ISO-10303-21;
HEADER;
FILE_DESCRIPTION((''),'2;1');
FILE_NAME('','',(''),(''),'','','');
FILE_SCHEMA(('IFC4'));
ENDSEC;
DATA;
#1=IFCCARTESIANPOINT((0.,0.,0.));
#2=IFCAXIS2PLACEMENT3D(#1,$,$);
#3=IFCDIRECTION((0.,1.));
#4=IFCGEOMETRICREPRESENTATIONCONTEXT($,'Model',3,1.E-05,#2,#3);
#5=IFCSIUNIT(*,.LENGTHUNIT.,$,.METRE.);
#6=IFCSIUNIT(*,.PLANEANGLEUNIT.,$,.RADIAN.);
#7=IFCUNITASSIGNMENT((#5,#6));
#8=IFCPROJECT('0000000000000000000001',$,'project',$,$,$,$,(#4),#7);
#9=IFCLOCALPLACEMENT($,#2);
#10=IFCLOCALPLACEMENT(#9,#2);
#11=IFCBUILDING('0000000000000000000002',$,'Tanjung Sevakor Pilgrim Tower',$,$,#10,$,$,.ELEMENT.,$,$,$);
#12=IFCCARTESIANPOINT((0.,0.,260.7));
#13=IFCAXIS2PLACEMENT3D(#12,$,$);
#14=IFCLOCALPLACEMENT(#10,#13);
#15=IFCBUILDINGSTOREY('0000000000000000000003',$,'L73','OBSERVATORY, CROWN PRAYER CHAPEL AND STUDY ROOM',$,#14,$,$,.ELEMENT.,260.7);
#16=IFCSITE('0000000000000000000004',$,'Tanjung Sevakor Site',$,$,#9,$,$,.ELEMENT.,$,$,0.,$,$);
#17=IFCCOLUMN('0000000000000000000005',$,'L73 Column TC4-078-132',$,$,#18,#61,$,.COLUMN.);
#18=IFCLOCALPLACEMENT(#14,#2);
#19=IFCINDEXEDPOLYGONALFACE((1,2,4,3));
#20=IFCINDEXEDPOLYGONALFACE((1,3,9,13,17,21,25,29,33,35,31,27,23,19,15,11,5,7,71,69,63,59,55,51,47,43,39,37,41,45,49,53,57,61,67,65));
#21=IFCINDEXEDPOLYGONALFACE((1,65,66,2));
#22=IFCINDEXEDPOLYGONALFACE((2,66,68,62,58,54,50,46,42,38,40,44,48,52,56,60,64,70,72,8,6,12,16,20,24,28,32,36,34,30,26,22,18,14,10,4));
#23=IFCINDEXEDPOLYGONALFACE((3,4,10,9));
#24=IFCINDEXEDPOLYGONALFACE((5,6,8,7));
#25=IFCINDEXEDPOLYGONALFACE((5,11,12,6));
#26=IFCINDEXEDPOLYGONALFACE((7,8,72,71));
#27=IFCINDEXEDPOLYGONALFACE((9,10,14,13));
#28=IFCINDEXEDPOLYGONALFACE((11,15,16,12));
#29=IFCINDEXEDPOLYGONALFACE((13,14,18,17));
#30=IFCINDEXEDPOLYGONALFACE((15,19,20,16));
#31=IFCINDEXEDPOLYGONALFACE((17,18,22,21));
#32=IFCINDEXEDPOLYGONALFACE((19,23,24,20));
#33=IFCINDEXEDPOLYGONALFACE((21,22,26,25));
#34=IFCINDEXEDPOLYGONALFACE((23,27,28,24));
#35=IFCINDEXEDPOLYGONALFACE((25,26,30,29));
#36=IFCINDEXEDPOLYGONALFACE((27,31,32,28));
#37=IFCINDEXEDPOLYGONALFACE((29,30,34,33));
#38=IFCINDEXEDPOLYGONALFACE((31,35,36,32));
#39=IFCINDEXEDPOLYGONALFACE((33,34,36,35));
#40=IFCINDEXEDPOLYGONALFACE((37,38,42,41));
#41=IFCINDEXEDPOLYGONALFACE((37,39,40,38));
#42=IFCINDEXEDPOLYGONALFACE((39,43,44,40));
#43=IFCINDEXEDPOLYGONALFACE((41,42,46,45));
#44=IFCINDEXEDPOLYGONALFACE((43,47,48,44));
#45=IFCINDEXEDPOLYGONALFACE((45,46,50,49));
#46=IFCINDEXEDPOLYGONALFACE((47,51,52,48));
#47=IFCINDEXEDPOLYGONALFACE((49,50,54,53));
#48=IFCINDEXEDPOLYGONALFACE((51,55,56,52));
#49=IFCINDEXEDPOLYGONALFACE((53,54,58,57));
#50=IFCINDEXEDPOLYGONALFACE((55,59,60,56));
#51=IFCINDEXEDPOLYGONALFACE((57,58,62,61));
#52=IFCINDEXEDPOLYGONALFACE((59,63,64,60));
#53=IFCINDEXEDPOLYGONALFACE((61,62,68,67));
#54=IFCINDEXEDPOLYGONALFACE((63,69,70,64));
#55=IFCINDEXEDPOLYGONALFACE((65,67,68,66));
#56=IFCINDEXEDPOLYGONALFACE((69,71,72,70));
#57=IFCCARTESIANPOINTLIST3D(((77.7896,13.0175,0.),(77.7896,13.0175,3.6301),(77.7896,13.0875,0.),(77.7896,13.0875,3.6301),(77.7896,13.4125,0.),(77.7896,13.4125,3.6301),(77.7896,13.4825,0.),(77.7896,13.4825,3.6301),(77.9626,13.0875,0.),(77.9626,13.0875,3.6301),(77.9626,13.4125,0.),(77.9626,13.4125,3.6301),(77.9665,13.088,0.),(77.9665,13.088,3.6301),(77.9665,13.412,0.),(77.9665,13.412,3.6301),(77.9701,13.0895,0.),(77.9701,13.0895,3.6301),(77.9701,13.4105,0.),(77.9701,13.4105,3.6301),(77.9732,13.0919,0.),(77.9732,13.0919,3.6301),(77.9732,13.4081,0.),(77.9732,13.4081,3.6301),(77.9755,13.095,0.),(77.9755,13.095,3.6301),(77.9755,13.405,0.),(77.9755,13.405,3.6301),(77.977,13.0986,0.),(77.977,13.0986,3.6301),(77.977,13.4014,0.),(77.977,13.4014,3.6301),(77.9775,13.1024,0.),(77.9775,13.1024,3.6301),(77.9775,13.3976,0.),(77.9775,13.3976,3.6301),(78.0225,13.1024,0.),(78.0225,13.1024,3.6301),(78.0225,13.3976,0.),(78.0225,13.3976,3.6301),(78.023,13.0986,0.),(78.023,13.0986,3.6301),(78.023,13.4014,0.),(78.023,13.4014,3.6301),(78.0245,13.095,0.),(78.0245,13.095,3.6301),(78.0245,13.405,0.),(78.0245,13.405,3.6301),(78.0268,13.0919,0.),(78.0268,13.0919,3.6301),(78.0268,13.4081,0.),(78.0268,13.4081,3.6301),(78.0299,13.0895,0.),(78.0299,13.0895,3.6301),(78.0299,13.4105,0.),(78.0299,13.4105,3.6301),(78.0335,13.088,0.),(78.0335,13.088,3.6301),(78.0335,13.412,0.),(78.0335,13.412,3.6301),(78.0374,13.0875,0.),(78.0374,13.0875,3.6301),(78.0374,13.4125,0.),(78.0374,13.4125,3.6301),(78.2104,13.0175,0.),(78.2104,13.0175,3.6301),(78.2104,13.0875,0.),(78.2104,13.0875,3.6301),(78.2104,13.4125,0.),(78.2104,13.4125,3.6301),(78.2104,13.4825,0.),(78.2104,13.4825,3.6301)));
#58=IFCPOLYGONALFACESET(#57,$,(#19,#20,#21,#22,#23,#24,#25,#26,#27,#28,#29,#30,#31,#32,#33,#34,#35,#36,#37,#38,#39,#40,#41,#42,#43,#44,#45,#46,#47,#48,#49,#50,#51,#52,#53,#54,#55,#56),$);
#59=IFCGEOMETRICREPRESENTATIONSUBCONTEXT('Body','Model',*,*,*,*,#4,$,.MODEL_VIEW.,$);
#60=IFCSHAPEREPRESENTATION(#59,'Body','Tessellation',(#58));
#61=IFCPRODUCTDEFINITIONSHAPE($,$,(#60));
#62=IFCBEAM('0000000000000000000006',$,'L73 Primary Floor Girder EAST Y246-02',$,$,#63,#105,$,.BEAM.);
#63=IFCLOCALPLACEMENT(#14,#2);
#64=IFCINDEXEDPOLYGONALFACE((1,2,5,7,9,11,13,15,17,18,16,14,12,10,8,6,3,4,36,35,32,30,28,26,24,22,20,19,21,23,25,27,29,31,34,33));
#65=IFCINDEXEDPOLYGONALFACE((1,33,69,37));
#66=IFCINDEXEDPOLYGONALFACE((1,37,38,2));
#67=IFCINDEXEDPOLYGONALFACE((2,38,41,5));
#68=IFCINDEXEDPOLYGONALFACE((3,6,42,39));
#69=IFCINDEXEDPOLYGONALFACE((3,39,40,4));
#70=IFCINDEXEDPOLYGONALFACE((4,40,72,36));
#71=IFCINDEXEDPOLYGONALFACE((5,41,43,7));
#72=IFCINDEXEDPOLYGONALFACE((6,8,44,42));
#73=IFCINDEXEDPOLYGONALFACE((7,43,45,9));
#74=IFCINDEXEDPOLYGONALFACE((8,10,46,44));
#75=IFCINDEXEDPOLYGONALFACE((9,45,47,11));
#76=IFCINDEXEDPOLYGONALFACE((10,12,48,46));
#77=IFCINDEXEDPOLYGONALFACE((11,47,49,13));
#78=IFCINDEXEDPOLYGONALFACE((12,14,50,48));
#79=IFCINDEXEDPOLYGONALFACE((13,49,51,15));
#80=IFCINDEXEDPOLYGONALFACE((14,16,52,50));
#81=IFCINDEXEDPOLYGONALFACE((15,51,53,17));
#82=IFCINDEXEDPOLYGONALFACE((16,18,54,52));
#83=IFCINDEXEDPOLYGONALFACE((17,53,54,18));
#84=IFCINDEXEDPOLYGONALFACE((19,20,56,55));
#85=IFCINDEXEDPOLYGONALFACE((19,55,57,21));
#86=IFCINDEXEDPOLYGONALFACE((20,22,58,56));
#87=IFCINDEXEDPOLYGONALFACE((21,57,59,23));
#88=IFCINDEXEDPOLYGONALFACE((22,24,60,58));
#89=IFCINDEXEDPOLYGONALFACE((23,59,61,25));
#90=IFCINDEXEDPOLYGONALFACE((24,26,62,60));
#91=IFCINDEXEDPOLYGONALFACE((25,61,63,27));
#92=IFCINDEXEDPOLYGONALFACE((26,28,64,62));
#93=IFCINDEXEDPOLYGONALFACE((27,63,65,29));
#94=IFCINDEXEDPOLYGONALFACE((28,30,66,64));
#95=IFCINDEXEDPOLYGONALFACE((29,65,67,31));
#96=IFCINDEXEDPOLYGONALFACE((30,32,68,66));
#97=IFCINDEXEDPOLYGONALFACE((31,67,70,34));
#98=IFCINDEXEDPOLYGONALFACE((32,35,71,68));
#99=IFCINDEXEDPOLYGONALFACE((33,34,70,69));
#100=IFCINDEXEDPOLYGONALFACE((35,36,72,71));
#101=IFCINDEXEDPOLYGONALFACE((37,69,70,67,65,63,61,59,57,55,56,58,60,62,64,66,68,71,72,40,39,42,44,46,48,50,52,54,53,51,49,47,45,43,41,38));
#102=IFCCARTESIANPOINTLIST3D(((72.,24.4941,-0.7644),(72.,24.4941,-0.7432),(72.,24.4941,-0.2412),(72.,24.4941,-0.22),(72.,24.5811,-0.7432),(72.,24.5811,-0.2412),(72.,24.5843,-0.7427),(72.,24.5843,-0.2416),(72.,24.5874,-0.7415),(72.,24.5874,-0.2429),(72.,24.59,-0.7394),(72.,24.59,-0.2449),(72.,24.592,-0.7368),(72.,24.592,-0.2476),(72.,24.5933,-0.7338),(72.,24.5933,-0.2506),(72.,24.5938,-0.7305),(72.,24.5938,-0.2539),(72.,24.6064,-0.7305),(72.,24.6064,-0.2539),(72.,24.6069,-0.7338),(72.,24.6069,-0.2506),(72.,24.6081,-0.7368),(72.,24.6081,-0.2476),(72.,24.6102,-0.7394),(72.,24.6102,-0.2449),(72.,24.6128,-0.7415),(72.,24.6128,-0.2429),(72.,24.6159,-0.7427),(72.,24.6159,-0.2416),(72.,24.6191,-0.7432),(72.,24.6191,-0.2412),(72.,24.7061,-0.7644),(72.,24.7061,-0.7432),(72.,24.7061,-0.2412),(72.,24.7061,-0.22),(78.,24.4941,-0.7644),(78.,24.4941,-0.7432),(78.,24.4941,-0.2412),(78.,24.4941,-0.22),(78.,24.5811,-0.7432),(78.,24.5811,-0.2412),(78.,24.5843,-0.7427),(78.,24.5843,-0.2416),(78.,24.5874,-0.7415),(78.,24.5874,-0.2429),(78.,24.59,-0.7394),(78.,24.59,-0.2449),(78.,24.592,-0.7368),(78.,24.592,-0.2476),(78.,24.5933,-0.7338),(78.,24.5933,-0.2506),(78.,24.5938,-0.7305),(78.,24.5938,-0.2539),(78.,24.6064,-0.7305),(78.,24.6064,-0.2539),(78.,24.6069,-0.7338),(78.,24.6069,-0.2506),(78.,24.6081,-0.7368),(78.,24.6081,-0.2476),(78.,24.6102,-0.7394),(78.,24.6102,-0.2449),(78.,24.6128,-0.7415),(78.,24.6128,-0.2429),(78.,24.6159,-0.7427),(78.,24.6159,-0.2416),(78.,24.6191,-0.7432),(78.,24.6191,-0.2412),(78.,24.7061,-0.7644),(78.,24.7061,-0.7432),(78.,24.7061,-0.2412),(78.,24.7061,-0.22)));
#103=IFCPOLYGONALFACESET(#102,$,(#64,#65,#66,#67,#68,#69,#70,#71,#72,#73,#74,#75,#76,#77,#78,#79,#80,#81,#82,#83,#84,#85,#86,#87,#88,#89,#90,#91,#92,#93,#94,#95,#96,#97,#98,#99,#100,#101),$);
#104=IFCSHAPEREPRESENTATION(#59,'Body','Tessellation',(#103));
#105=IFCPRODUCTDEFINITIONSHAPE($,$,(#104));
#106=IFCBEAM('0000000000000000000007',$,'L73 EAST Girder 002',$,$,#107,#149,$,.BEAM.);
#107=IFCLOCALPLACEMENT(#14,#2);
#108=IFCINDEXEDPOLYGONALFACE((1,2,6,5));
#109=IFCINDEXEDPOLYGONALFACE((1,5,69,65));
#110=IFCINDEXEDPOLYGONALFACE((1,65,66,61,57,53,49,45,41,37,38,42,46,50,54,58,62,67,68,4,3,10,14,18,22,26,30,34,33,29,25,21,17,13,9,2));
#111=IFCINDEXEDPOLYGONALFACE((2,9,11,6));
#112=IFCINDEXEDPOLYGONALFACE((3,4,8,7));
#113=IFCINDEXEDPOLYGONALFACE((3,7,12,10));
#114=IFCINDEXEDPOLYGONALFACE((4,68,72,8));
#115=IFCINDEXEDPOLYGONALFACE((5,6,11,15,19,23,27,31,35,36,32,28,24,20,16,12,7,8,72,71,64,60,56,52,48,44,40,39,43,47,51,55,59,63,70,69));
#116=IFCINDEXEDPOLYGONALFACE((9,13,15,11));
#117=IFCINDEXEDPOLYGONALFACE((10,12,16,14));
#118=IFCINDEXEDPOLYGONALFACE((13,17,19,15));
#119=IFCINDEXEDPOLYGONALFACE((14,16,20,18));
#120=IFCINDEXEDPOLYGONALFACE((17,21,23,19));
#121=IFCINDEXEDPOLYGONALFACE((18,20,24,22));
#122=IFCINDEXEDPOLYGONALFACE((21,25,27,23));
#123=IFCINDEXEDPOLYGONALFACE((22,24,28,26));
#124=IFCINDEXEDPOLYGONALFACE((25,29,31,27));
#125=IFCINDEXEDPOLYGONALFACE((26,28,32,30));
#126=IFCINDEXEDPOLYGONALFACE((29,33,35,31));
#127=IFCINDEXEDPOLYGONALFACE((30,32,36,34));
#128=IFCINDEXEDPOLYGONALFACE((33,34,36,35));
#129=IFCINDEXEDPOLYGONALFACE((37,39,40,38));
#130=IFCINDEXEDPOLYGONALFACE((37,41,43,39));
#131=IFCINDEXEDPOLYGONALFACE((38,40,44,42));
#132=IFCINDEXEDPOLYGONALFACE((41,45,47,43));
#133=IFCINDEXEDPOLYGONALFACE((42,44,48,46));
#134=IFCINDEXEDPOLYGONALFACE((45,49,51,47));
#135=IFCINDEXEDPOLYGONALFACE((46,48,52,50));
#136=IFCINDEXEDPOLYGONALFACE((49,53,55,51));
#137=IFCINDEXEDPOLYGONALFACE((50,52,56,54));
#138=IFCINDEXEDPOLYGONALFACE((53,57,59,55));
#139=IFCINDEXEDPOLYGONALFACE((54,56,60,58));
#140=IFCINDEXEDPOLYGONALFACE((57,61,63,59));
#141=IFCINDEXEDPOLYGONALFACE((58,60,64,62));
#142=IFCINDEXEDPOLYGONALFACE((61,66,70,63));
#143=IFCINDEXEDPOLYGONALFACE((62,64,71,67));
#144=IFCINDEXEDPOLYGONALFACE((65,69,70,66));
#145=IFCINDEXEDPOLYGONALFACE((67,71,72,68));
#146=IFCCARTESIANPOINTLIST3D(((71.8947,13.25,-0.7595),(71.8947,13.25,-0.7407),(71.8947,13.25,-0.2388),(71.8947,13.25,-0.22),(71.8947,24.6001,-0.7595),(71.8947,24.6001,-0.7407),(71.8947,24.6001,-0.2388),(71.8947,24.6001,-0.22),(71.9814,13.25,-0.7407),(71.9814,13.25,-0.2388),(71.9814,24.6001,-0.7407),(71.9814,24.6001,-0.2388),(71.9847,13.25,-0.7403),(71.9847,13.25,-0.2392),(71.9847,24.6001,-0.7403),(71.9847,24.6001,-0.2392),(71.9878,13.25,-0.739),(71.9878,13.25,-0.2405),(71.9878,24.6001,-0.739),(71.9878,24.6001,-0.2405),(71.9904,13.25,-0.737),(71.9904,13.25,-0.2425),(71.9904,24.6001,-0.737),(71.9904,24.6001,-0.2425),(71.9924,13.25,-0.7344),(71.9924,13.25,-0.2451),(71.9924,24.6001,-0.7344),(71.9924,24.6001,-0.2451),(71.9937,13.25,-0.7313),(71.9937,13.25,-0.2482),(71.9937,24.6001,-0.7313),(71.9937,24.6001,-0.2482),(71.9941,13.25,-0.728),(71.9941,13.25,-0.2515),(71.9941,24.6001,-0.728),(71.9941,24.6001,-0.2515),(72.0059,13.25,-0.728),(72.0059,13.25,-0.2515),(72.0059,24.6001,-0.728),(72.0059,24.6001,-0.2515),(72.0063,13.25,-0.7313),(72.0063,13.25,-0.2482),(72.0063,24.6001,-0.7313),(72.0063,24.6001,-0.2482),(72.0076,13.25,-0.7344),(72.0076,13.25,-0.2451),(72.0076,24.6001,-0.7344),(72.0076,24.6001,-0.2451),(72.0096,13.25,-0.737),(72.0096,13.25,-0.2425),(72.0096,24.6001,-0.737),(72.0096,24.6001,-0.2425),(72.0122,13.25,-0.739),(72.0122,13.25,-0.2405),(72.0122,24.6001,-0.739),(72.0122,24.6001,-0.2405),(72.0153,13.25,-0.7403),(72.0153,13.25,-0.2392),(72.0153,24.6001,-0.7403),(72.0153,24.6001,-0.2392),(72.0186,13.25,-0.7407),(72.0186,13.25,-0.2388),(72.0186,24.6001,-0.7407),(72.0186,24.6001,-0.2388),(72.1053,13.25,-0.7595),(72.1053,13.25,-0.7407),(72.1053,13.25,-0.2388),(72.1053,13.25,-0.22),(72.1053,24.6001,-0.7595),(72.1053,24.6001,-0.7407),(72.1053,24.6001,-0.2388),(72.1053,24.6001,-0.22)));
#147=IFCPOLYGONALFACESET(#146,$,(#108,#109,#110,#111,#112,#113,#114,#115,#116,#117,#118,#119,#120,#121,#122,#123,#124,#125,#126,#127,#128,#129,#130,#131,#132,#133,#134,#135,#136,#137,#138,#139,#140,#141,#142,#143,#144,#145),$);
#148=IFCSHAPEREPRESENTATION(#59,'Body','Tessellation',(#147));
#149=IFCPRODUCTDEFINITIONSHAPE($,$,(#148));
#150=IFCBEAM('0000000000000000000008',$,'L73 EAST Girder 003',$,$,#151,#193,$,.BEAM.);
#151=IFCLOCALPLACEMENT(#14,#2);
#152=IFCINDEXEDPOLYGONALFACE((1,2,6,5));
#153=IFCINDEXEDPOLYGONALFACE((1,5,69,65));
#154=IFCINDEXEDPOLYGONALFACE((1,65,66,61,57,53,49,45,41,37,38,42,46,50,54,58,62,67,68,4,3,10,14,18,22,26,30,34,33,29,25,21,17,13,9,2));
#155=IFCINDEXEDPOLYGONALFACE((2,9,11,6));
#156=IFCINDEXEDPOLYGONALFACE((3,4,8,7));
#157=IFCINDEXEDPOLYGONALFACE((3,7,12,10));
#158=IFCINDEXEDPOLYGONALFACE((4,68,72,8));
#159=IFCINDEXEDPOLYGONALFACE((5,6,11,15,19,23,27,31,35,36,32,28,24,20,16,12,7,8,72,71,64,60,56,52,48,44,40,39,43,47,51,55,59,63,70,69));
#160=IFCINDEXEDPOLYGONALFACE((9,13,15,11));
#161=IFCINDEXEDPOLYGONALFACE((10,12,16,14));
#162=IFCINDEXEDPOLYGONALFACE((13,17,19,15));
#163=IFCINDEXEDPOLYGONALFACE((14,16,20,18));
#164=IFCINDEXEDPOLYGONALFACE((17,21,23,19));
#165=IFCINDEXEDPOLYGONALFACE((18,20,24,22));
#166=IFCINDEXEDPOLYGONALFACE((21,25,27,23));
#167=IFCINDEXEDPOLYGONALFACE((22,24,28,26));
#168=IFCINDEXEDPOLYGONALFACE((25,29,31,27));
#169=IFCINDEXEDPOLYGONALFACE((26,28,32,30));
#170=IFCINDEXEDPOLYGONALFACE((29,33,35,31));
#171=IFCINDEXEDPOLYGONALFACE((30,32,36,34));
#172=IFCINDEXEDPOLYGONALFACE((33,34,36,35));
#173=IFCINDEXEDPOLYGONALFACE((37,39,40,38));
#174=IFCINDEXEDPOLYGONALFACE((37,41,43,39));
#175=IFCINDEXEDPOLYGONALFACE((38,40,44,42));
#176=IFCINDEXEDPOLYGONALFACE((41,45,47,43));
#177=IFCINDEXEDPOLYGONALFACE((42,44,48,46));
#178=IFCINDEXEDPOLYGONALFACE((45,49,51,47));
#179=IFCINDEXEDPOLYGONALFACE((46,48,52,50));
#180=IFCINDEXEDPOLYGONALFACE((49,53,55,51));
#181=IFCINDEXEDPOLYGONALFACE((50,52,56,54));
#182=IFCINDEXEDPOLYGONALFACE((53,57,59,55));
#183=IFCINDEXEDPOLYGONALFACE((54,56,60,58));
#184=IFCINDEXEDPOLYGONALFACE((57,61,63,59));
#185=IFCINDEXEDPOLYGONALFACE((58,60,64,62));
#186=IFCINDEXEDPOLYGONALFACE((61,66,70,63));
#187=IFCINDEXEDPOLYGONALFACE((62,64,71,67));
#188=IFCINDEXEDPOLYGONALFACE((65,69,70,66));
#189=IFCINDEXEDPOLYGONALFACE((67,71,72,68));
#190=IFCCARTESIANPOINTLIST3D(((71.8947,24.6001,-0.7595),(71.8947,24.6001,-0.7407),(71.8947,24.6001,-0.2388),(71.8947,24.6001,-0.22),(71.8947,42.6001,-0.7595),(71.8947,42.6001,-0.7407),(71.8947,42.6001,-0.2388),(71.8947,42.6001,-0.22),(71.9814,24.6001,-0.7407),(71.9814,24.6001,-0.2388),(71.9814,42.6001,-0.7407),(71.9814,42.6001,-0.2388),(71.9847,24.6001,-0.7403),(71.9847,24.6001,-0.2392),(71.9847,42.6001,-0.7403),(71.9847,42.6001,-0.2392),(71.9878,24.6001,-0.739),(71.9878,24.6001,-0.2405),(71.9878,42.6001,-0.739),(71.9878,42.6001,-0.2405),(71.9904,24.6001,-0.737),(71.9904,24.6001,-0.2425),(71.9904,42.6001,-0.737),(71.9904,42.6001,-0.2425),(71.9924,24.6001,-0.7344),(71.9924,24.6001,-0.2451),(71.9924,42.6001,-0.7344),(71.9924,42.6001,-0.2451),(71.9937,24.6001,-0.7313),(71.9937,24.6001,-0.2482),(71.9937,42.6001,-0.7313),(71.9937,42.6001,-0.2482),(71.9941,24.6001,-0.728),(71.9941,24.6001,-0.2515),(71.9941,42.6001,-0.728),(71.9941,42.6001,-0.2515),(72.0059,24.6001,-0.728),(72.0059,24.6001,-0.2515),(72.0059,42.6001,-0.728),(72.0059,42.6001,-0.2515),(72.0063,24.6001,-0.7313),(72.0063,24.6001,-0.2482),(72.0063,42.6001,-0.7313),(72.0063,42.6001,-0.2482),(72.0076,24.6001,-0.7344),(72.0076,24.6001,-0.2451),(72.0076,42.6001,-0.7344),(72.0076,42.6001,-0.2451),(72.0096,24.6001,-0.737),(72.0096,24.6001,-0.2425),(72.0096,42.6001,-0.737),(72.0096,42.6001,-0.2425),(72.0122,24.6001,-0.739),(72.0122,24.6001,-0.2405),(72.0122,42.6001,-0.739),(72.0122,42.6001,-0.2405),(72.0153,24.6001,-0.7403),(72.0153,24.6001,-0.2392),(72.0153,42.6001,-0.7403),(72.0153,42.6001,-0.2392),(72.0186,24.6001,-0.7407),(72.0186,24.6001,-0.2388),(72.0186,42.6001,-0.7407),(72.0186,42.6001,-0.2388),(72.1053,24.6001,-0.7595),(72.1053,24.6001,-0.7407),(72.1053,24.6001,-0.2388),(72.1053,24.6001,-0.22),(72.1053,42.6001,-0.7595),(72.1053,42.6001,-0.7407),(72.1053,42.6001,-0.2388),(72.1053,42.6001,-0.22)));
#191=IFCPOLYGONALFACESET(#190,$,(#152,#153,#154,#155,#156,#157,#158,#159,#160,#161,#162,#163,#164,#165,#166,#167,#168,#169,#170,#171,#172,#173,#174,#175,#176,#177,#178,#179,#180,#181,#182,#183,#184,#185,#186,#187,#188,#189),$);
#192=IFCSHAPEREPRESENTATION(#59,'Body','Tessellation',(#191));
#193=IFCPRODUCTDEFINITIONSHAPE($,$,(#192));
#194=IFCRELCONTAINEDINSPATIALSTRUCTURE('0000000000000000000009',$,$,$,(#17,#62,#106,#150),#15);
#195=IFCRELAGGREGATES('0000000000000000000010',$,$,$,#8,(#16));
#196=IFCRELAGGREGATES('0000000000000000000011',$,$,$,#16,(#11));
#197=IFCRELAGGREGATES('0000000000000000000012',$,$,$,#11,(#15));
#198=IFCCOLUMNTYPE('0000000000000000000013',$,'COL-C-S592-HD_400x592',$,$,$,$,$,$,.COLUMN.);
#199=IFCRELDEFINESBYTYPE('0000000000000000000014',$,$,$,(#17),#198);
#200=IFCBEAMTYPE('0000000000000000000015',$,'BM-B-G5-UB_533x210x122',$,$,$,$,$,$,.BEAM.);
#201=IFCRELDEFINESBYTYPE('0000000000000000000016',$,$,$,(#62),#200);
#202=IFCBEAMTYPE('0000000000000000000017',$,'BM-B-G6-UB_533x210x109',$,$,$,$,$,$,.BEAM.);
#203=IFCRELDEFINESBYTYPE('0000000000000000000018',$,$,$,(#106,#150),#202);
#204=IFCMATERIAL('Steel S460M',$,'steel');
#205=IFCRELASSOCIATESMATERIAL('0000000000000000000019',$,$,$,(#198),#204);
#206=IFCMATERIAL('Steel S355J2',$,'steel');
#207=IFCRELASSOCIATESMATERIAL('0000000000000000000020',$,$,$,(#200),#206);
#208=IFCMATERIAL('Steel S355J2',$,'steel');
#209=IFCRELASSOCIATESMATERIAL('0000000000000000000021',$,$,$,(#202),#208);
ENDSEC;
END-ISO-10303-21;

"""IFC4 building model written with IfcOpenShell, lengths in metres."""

from ifc_helpers import new_model, si_unit, direction, frame, origin, origin_2d, place, context, subcontext, project, spatial, i_section, extrude, material, material_profile, profile_set, type_object, element, save


model = new_model("IFC4")

# Units and contexts
model_context = context("Model", 3, precision=1e-05, world=origin(), true_north=direction((0.0, 1.0)))
body_context = subcontext(model_context, "Body", "Model", "MODEL_VIEW")
ifc_project = project(units=[si_unit("LENGTHUNIT", "METRE"), si_unit("PLANEANGLEUNIT", "RADIAN")], contexts=[model_context])

# Site, building, storey
site_placement = place(None, origin())
site = spatial("IfcSite", under=ifc_project, at=site_placement, Name="Tanjung Sevakor Site", CompositionType="ELEMENT", RefElevation=0.0)
building_placement = place(site_placement, origin())
building = spatial("IfcBuilding", under=site, at=building_placement, Name="Tanjung Sevakor Pilgrim Tower", CompositionType="ELEMENT")
storey_placement = place(building_placement, frame((0.0, 0.0, 260.7)))
storey = spatial("IfcBuildingStorey", under=building, at=storey_placement, Name="L73", Description="OBSERVATORY, CROWN PRAYER CHAPEL AND STUDY ROOM", CompositionType="ELEMENT", Elevation=260.7)

# Column
ifc_material_1 = material(Name="Steel S460M", Category="steel")
ifc_material_profile_1 = material_profile(ifc_material_1, i_section(OverallWidth=0.4209, OverallDepth=0.4651, WebThickness=0.0449, FlangeThickness=0.0701, FilletRadius=0.0149, at=origin_2d()))
ifc_profile_set_1 = profile_set([ifc_material_profile_1], Name="Steel S460M")
column_type = type_object("IfcColumnType", Name="COL-C-S592-HD_400x592", PredefinedType="COLUMN", material=ifc_profile_set_1)
column_placement = place(storey_placement, frame((78.0, 13.25, 0.0), z_axis=(0.0, 0.0, 1.0), x_axis=(1.0, 0.0, 0.0)))
element("IfcColumn", 1, at=column_placement, inside=storey, type_object=column_type, Name="L73 Column TC4-078-132", PredefinedType="COLUMN", context=body_context, shape_type="SweptSolid", body=[
    extrude(i_section(OverallWidth=0.4209, OverallDepth=0.4651, WebThickness=0.0449, FlangeThickness=0.0701, FilletRadius=0.0149, at=origin_2d()), origin(), (0.0, 0.0, 1.0), 3.6301),
])

# Beams
ifc_material_2 = material(Name="Steel S355J2", Category="steel")
ifc_material_profile_2 = material_profile(ifc_material_2, i_section(OverallWidth=0.2119, OverallDepth=0.5444, WebThickness=0.0127, FlangeThickness=0.0212, FilletRadius=0.0127, at=origin_2d()))
ifc_profile_set_2 = profile_set([ifc_material_profile_2], Name="Steel S355J2")
beam_type_1 = type_object("IfcBeamType", Name="BM-B-G5-UB_533x210x122", PredefinedType="BEAM", material=ifc_profile_set_2)
beam_1_placement = place(storey_placement, frame((72.0, 24.6001, -0.4922), z_axis=(1.0, 0.0, 0.0), x_axis=(0.0, 1.0, 0.0)))
element("IfcBeam", 2, at=beam_1_placement, inside=storey, type_object=beam_type_1, Name="L73 Primary Floor Girder EAST Y246-02", PredefinedType="BEAM", context=body_context, shape_type="SweptSolid", body=[
    extrude(i_section(OverallWidth=0.2119, OverallDepth=0.5444, WebThickness=0.0127, FlangeThickness=0.0212, FilletRadius=0.0127, at=origin_2d()), origin(), (0.0, 0.0, 1.0), 6.0),
])
ifc_material_3 = material(Name="Steel S355J2", Category="steel")
ifc_material_profile_3 = material_profile(ifc_material_3, i_section(OverallWidth=0.2107, OverallDepth=0.5396, WebThickness=0.0117, FlangeThickness=0.0188, FilletRadius=0.0127, at=origin_2d()))
ifc_profile_set_3 = profile_set([ifc_material_profile_3], Name="Steel S355J2")
beam_type_2 = type_object("IfcBeamType", Name="BM-B-G6-UB_533x210x109", PredefinedType="BEAM", material=ifc_profile_set_3)
beam_2_placement = place(storey_placement, frame((72.0, 13.25, -0.4897), z_axis=(0.0, 1.0, 0.0), x_axis=(-1.0, 0.0, 0.0)))
element("IfcBeam", 3, at=beam_2_placement, inside=storey, type_object=beam_type_2, Name="L73 EAST Girder 002", PredefinedType="BEAM", context=body_context, shape_type="SweptSolid", body=[
    extrude(i_section(OverallWidth=0.2107, OverallDepth=0.5396, WebThickness=0.0117, FlangeThickness=0.0188, FilletRadius=0.0127, at=origin_2d()), origin(), (0.0, 0.0, 1.0), 11.3501),
])
beam_3_placement = place(storey_placement, frame((72.0, 24.6001, -0.4897), z_axis=(0.0, 1.0, 0.0), x_axis=(-1.0, 0.0, 0.0)))
element("IfcBeam", 4, at=beam_3_placement, inside=storey, type_object=beam_type_2, Name="L73 EAST Girder 003", PredefinedType="BEAM", context=body_context, shape_type="SweptSolid", body=[
    extrude(i_section(OverallWidth=0.2107, OverallDepth=0.5396, WebThickness=0.0117, FlangeThickness=0.0188, FilletRadius=0.0127, at=origin_2d()), origin(), (0.0, 0.0, 1.0), 18.0),
])

save(model, "model.ifc")
